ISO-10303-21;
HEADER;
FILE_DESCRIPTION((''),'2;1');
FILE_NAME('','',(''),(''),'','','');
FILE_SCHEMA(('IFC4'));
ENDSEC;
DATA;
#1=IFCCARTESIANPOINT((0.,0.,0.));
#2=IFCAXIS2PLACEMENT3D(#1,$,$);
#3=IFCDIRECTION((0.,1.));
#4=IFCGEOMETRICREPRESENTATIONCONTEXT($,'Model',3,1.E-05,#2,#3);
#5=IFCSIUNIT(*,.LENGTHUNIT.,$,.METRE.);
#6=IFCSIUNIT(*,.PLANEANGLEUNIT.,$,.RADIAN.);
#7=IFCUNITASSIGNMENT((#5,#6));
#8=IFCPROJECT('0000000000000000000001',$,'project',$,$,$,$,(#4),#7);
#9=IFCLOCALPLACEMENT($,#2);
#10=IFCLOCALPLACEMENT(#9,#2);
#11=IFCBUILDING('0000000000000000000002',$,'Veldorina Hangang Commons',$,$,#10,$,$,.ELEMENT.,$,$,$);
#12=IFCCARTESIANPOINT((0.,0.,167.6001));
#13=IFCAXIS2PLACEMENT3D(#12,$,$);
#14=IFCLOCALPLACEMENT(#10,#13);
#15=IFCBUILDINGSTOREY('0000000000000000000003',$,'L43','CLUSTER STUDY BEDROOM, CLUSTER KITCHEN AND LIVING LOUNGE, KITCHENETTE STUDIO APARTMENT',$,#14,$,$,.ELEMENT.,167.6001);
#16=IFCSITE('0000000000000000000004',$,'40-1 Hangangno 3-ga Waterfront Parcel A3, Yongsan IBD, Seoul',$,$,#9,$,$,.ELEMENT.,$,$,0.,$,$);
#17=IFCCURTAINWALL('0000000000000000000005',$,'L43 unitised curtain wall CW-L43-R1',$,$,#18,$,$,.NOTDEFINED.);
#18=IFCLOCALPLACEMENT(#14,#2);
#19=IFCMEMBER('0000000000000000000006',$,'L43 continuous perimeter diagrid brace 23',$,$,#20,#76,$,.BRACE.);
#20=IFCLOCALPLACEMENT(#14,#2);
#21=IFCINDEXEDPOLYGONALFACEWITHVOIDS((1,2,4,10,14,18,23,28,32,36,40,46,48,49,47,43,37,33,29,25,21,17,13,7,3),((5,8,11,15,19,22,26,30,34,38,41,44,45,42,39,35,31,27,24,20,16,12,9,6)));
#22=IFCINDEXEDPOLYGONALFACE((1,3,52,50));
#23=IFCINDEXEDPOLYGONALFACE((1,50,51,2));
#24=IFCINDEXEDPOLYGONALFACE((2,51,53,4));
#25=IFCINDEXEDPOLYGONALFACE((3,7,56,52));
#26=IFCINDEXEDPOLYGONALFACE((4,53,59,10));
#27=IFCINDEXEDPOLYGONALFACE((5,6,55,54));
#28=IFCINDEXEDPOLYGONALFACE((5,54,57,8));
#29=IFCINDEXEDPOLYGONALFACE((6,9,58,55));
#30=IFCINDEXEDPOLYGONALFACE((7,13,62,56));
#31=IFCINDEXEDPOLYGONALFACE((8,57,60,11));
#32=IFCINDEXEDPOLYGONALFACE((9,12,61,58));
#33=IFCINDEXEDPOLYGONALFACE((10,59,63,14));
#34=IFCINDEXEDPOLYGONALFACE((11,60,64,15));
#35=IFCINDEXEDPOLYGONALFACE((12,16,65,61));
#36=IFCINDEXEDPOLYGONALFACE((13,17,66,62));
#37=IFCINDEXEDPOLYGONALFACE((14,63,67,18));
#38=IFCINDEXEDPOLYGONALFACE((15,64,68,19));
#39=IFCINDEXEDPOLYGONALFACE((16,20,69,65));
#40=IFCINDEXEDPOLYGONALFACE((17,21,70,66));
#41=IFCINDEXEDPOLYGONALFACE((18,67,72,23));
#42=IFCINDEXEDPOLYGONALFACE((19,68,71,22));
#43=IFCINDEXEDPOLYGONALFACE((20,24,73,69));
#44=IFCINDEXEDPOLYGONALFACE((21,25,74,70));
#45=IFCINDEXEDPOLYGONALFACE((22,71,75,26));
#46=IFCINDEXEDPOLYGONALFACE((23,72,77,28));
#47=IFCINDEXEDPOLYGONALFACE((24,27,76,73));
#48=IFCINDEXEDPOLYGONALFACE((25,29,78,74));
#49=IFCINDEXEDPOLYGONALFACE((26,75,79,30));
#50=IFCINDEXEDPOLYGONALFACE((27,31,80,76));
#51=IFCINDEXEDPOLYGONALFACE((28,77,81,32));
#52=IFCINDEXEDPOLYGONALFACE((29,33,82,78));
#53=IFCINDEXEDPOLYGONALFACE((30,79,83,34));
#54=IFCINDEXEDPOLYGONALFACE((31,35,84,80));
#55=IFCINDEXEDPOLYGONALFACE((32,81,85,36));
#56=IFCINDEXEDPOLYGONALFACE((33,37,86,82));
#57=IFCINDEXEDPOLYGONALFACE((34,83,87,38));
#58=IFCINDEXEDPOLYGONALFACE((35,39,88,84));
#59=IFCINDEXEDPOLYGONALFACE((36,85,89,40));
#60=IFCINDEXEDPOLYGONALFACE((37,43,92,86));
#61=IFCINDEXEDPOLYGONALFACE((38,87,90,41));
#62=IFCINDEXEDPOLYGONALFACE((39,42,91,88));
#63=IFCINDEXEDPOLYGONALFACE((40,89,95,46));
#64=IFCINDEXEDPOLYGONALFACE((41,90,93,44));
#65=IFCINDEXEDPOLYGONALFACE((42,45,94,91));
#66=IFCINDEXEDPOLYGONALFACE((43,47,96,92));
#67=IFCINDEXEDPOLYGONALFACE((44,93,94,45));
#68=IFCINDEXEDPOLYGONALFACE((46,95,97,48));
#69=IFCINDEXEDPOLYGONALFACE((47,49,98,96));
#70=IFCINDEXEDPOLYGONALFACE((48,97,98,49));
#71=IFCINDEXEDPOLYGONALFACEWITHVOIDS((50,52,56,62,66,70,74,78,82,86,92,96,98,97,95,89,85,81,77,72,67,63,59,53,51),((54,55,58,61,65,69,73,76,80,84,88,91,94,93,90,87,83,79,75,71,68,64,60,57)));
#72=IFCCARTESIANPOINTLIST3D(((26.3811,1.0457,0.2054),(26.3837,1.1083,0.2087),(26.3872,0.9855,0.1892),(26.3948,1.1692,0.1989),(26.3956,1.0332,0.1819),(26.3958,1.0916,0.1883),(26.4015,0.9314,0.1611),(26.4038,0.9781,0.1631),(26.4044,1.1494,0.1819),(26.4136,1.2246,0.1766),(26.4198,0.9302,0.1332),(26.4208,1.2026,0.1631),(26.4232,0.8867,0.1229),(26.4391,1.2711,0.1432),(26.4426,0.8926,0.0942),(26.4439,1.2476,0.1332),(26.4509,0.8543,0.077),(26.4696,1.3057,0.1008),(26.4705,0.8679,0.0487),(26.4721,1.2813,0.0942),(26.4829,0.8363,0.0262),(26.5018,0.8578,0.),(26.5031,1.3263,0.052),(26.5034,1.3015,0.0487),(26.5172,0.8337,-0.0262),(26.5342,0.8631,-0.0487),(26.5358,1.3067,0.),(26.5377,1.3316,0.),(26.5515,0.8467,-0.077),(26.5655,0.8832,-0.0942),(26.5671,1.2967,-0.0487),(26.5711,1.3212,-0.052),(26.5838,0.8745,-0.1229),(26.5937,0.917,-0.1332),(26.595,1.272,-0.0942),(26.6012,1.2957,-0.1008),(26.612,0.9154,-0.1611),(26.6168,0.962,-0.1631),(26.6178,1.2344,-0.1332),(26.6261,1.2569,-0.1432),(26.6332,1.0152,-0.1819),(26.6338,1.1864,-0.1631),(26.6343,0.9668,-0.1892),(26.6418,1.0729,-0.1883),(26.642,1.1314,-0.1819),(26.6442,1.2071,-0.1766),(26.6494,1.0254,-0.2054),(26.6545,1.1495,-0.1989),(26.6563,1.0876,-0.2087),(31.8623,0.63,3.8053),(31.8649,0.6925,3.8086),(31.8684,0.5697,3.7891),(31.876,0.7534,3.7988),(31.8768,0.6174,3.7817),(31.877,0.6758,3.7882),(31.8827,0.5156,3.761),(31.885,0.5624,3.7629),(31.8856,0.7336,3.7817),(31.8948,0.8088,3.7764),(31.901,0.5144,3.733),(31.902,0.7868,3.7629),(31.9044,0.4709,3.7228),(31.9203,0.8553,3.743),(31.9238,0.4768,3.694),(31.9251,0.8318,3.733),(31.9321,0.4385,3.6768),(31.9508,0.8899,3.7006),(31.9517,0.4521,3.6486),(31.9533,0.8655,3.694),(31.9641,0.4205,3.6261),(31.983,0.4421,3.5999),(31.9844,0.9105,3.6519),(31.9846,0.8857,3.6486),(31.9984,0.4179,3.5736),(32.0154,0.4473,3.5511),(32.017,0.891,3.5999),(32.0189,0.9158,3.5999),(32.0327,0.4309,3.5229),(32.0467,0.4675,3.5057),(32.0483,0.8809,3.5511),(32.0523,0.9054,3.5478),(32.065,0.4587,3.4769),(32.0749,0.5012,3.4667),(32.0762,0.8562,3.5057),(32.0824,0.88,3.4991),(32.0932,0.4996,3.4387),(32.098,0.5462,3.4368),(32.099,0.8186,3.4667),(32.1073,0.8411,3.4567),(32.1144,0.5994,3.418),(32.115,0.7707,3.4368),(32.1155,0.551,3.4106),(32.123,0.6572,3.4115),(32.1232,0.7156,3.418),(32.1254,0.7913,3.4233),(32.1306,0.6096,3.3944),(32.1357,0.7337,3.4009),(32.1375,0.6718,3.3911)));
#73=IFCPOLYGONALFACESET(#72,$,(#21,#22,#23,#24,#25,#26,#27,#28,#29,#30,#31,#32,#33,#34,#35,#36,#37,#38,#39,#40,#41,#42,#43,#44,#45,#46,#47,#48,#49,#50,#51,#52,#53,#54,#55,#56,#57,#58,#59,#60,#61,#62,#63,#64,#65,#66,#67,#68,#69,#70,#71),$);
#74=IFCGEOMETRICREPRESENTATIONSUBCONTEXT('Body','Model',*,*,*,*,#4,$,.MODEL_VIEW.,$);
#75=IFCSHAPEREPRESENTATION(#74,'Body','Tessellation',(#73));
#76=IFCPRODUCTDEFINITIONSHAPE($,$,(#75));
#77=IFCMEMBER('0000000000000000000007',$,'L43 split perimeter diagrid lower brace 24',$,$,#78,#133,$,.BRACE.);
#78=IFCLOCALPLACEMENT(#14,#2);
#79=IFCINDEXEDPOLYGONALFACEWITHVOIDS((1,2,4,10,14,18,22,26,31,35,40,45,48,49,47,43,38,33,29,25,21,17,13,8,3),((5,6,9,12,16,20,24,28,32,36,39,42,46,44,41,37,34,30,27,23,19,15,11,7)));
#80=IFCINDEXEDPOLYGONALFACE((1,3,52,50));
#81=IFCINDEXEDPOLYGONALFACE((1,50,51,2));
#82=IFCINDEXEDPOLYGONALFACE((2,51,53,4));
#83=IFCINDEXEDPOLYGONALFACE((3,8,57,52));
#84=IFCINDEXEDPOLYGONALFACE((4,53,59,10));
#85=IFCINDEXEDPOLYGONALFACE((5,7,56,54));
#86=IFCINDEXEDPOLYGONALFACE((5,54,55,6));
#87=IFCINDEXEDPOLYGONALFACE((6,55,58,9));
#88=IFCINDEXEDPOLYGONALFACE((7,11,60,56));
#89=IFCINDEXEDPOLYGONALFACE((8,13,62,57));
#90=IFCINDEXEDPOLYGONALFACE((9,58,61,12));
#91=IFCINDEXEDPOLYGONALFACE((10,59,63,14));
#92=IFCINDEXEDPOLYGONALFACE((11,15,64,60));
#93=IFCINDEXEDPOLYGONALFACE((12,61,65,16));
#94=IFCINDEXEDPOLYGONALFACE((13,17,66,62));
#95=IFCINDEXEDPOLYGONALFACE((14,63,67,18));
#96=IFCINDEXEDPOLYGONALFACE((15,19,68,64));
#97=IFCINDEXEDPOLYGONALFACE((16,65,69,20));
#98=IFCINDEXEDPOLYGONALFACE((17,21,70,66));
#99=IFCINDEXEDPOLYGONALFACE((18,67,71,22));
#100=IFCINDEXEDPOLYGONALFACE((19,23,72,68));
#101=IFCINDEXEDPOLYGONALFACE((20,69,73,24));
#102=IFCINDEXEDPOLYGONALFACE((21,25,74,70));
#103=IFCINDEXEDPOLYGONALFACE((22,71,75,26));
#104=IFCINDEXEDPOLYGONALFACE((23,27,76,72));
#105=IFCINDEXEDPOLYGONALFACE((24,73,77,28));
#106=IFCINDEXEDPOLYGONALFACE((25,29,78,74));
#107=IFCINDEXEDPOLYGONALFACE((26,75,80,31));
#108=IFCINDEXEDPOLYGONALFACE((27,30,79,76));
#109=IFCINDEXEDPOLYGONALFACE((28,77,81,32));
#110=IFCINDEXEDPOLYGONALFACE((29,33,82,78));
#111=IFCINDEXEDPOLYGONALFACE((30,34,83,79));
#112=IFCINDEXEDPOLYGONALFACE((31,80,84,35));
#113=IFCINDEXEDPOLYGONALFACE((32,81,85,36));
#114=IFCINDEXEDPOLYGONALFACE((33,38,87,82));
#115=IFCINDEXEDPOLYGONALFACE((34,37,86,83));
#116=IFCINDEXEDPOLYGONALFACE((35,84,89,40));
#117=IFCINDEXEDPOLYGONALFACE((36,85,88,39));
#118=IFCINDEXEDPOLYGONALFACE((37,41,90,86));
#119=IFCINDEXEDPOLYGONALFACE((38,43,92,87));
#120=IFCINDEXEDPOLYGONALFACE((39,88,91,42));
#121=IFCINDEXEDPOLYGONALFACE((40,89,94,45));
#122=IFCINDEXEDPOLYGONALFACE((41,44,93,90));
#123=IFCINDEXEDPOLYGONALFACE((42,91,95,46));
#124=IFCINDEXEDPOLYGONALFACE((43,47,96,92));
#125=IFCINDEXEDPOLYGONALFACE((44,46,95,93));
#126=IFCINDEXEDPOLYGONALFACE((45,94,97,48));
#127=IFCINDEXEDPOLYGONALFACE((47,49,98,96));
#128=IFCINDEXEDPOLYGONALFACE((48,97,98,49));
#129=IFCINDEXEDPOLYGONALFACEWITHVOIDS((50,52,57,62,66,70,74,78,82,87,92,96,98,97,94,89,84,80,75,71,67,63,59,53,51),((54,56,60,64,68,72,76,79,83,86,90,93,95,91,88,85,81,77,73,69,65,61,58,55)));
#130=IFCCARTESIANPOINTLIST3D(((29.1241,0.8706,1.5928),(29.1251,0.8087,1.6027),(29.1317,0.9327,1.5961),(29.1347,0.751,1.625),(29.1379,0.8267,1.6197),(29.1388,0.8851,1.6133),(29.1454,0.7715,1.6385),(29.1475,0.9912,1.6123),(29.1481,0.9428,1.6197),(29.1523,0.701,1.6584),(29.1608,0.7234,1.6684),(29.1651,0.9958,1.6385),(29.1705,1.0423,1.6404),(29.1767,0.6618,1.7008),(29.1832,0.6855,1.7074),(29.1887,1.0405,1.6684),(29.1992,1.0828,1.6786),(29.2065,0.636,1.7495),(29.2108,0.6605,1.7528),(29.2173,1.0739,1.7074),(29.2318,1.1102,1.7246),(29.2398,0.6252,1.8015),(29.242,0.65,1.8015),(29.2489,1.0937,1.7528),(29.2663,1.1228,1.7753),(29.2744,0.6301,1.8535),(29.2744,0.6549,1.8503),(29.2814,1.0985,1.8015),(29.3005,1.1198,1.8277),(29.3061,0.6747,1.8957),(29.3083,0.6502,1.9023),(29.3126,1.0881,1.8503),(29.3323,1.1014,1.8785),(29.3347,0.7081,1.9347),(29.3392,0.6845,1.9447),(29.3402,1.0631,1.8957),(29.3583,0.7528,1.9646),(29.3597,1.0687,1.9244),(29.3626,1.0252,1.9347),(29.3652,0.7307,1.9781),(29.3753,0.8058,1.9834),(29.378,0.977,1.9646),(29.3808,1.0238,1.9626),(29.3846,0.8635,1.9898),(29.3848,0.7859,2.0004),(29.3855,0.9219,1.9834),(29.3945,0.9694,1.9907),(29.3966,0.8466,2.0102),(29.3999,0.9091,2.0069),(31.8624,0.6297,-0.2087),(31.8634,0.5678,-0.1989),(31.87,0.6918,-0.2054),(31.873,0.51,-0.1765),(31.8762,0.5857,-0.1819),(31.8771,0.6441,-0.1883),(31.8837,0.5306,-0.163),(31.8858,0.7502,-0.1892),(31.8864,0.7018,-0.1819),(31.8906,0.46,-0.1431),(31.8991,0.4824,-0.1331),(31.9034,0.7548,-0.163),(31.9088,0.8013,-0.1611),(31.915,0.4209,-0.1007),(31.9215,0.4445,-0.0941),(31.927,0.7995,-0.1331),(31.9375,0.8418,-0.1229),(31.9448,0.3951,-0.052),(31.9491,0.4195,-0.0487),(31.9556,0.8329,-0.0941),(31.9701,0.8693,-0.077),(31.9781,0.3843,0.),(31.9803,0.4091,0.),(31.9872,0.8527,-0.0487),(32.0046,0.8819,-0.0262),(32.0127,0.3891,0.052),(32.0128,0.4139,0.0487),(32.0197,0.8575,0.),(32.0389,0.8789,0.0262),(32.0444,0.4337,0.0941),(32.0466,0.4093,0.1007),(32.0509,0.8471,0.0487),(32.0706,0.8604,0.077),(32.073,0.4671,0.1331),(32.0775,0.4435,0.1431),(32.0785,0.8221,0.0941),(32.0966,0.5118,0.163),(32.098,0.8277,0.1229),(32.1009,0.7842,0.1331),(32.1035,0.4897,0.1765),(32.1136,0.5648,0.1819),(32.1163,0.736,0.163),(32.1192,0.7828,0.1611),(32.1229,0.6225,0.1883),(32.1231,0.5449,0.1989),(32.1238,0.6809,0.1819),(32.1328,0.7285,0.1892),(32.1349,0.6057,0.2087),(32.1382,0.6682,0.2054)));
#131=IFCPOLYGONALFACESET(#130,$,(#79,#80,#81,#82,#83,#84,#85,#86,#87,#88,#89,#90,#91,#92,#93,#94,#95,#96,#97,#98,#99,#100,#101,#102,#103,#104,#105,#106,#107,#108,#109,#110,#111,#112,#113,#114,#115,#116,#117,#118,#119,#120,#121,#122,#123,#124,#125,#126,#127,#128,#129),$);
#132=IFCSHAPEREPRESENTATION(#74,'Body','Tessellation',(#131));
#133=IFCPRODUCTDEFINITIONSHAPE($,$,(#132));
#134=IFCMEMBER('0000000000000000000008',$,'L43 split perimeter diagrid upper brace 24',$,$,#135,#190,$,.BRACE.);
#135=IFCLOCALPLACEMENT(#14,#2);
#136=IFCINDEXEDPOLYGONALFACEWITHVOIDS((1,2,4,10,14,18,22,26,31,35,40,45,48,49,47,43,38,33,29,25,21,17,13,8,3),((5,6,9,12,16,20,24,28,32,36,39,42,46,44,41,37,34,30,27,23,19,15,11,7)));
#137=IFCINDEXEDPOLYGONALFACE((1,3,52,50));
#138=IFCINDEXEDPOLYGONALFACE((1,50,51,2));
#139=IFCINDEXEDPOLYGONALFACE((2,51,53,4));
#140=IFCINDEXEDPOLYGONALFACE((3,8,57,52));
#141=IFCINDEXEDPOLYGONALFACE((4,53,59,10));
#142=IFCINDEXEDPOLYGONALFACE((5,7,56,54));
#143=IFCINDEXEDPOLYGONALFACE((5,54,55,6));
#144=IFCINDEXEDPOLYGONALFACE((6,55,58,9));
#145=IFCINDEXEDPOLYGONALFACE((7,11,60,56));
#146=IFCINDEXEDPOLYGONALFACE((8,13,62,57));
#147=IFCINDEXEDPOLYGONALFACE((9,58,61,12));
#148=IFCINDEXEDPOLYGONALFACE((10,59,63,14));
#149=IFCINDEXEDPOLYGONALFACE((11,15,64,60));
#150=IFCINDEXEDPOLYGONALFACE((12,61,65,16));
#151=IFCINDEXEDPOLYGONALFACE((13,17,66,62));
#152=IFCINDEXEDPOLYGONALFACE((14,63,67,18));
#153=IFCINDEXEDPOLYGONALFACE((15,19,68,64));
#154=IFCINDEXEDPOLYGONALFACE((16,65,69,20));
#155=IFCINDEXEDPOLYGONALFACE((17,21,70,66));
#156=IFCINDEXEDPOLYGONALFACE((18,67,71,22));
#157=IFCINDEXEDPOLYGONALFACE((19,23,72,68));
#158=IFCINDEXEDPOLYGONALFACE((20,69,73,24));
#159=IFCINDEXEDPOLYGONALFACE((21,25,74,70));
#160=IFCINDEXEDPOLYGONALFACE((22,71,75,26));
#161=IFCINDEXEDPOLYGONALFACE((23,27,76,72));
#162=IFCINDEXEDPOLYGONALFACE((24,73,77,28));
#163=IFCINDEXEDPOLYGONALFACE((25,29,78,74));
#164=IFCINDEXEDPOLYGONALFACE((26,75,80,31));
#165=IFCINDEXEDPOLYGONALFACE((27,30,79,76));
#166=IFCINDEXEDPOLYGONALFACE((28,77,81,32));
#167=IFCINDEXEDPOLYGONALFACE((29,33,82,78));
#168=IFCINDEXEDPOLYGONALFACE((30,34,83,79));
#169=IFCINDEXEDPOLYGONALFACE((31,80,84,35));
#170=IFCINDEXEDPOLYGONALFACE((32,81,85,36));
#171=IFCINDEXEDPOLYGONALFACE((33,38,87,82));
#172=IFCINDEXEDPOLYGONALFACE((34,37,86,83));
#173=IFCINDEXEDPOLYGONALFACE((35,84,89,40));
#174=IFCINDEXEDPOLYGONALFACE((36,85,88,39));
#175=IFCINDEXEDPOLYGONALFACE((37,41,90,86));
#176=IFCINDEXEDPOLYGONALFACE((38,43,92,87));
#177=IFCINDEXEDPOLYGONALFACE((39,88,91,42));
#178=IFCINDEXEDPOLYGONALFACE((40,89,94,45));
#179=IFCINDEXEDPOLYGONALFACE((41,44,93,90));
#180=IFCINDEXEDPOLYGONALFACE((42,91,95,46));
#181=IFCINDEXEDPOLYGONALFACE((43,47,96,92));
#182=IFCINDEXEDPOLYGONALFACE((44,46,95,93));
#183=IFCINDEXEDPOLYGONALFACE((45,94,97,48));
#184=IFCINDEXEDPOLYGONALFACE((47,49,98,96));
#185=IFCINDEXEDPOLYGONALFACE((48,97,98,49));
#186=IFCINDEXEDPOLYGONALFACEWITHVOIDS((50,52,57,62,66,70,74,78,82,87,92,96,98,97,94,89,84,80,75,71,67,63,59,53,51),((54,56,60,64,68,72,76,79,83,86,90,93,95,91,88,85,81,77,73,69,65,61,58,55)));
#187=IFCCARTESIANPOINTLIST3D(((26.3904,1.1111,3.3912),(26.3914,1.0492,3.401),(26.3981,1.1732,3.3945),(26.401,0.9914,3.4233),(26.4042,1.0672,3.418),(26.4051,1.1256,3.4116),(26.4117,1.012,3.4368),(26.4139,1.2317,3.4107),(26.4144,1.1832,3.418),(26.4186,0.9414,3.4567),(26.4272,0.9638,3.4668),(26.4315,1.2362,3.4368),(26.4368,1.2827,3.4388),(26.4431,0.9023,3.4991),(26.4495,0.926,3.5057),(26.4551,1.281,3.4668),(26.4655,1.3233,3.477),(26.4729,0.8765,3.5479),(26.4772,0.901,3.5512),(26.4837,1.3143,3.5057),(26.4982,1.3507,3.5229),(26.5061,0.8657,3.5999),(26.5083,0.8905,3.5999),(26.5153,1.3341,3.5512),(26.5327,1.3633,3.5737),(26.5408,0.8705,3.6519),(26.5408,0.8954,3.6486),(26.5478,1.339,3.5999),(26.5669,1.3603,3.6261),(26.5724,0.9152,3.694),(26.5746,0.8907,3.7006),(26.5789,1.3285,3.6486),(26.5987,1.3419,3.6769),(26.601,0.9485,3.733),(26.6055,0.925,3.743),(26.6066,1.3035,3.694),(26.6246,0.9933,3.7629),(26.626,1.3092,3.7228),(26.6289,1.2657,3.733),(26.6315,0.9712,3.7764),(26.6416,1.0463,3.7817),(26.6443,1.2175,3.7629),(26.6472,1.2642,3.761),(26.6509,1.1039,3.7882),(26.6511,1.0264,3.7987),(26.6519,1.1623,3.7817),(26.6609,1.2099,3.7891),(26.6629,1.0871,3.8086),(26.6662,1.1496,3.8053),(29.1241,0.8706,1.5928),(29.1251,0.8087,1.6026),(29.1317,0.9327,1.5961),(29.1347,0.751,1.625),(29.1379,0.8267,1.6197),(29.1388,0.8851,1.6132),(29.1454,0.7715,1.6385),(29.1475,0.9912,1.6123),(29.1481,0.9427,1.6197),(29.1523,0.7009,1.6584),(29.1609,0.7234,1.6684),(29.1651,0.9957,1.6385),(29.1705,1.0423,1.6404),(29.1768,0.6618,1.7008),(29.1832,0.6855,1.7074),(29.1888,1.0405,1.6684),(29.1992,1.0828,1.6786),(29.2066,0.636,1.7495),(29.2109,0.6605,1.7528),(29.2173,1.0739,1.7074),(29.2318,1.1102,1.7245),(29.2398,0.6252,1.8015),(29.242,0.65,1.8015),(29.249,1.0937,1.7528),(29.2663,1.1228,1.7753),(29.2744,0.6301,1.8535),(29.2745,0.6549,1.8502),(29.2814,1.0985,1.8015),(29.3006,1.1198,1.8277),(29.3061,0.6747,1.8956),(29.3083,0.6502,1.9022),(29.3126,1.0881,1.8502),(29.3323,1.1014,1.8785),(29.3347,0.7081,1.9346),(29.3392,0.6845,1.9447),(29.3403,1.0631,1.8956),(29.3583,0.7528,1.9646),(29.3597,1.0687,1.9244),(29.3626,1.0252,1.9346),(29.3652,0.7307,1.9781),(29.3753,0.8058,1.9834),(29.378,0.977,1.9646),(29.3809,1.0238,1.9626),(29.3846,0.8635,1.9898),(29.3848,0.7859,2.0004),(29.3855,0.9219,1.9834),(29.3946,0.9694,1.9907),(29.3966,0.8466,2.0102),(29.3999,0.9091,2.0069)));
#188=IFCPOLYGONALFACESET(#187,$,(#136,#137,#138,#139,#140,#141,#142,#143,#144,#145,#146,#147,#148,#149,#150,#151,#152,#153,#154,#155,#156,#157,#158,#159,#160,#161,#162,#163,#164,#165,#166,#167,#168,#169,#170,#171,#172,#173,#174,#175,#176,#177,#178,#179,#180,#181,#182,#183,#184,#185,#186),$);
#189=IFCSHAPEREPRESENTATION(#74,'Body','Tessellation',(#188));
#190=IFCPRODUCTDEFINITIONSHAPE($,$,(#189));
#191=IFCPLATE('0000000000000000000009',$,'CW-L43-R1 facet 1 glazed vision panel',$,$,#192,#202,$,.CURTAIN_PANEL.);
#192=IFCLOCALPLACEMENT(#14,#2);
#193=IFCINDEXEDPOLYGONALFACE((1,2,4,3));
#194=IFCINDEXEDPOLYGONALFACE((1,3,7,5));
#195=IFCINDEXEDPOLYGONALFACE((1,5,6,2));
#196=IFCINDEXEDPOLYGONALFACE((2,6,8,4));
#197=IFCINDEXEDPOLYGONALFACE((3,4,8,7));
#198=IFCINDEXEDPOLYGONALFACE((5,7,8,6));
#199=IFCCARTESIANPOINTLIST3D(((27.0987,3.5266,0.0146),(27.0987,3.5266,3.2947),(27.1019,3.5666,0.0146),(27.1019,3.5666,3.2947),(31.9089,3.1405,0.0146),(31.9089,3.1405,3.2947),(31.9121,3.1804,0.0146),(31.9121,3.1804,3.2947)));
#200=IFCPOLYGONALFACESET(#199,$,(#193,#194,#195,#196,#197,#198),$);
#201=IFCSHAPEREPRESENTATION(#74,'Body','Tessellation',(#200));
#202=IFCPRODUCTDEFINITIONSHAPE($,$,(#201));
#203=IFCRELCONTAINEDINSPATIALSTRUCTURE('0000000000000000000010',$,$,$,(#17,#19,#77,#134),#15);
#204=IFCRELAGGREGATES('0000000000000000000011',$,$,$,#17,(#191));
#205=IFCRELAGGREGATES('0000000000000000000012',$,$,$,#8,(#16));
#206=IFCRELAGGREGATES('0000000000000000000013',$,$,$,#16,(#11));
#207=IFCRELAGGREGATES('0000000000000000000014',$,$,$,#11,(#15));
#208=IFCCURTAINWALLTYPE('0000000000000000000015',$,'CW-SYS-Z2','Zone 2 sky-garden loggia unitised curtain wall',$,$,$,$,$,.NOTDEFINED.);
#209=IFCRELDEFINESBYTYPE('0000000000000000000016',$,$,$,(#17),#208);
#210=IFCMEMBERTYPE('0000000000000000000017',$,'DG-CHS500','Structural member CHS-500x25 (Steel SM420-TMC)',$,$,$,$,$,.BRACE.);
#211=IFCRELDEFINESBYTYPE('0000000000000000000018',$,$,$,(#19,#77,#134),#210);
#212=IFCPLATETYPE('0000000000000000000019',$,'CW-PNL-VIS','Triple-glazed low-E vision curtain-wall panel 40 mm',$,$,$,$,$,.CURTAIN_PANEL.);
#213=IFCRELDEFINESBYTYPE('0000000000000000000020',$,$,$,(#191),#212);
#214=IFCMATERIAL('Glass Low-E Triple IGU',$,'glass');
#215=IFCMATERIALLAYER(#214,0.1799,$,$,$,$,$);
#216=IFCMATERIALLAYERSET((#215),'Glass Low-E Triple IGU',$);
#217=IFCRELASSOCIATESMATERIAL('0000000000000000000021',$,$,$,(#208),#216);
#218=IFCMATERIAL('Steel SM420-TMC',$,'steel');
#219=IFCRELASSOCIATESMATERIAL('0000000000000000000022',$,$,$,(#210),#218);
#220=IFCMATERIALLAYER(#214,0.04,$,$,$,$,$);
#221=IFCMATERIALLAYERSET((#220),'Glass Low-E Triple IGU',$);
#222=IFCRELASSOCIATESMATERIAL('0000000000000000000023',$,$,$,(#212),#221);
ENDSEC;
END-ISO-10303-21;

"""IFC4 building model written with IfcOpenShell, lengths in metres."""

from ifc_helpers import new_model, si_unit, direction, frame, origin, origin_2d, place, context, subcontext, project, spatial, rectangle, hollow_circle, extrude, material, layer, layer_set, material_profile, profile_set, type_object, element, aggregate, save


model = new_model("IFC4")

# Units and contexts
model_context = context("Model", 3, precision=1e-05, world=origin(), true_north=direction((0.0, 1.0)))
body_context = subcontext(model_context, "Body", "Model", "MODEL_VIEW")
ifc_project = project(units=[si_unit("LENGTHUNIT", "METRE"), si_unit("PLANEANGLEUNIT", "RADIAN")], contexts=[model_context])

# Site, building, storey
site_placement = place(None, origin())
site = spatial("IfcSite", under=ifc_project, at=site_placement, Name="40-1 Hangangno 3-ga Waterfront Parcel A3, Yongsan IBD, Seoul", CompositionType="ELEMENT", RefElevation=0.0)
building_placement = place(site_placement, origin())
building = spatial("IfcBuilding", under=site, at=building_placement, Name="Veldorina Hangang Commons", CompositionType="ELEMENT")
storey_placement = place(building_placement, frame((0.0, 0.0, 167.6001)))
storey = spatial("IfcBuildingStorey", under=building, at=storey_placement, Name="L43", Description="CLUSTER STUDY BEDROOM, CLUSTER KITCHEN AND LIVING LOUNGE, KITCHENETTE STUDIO APARTMENT", CompositionType="ELEMENT", Elevation=167.6001)

# Shared definitions
ifc_material_1 = material(Name="Steel SM420-TMC", Category="steel")

# Curtain wall
ifc_material_2 = material(Name="Glass Low-E Triple IGU", Category="glass")
ifc_layer_1 = layer(ifc_material_2, 0.1799)
ifc_layer_set_1 = layer_set([ifc_layer_1], Name="Glass Low-E Triple IGU")
curtain_wall_type = type_object("IfcCurtainWallType", Name="CW-SYS-Z2", Description="Zone 2 sky-garden loggia unitised curtain wall", PredefinedType="NOTDEFINED", material=ifc_layer_set_1)
curtain_wall_placement = place(storey_placement, origin())
curtain_wall = element("IfcCurtainWall", 1, at=curtain_wall_placement, inside=storey, type_object=curtain_wall_type, Name="L43 unitised curtain wall CW-L43-R1", PredefinedType="NOTDEFINED")

# Members
ifc_material_profile_1 = material_profile(ifc_material_1, hollow_circle(Radius=0.25, WallThickness=0.0249, at=origin_2d()), Name="CHS-500x25")
ifc_profile_set_1 = profile_set([ifc_material_profile_1], Name="Steel SM420-TMC")
member_type_1 = type_object("IfcMemberType", Name="DG-CHS500", Description="Structural member CHS-500x25 (Steel SM420-TMC)", PredefinedType="BRACE", material=ifc_profile_set_1)
member_1_placement = place(storey_placement, frame((26.5188, 1.0823, 0.0), z_axis=(0.834176, -0.063276, 0.547856), x_axis=(0.075637, 0.997135, 0.0)))
element("IfcMember", 2, at=member_1_placement, inside=storey, type_object=member_type_1, Name="L43 continuous perimeter diagrid brace 23", PredefinedType="BRACE", context=body_context, shape_type="SweptSolid", body=[
    extrude(hollow_circle(Radius=0.25, WallThickness=0.0249, at=origin_2d()), origin(), (0.0, 0.0, 1.0), 6.5708),
])
member_2_placement = place(storey_placement, frame((32.0, 0.6333, 0.0), z_axis=(-0.833167, 0.073318, 0.54814), x_axis=(-0.087661, -0.99615, 0.0)))
element("IfcMember", 3, at=member_2_placement, inside=storey, type_object=member_type_1, Name="L43 split perimeter diagrid lower brace 24", PredefinedType="BRACE", context=body_context, shape_type="SweptSolid", body=[
    extrude(hollow_circle(Radius=0.25, WallThickness=0.0249, at=origin_2d()), origin(), (0.0, 0.0, 1.0), 3.2866),
])
member_3_placement = place(storey_placement, frame((29.2617, 0.8743, 1.8015), z_axis=(-0.833185, 0.073295, 0.548115), x_axis=(-0.087632, -0.996153, 0.0)))
element("IfcMember", 4, at=member_3_placement, inside=storey, type_object=member_type_1, Name="L43 split perimeter diagrid upper brace 24", PredefinedType="BRACE", context=body_context, shape_type="SweptSolid", body=[
    extrude(hollow_circle(Radius=0.25, WallThickness=0.0249, at=origin_2d()), origin(), (0.0, 0.0, 1.0), 3.281),
])

# Plate
ifc_layer_2 = layer(ifc_material_2, 0.04)
ifc_layer_set_2 = layer_set([ifc_layer_2], Name="Glass Low-E Triple IGU")
plate_type_1 = type_object("IfcPlateType", Name="CW-PNL-VIS", Description="Triple-glazed low-E vision curtain-wall panel 40 mm", PredefinedType="CURTAIN_PANEL", material=ifc_layer_set_2)
plate_1_placement = place(storey_placement, frame((29.5054, 3.3535, 0.0146), z_axis=(0.0, 0.0, 1.0), x_axis=(0.996793, -0.080025, 0.0)))
plate_1 = element("IfcPlate", 5, at=plate_1_placement, type_object=plate_type_1, Name="CW-L43-R1 facet 1 glazed vision panel", PredefinedType="CURTAIN_PANEL", context=body_context, shape_type="SweptSolid", body=[
    extrude(rectangle(XDim=4.8257, YDim=0.04, at=origin_2d()), origin(), (0.0, 0.0, 1.0), 3.28),
])
aggregate(curtain_wall, [plate_1])

save(model, "model.ifc")
